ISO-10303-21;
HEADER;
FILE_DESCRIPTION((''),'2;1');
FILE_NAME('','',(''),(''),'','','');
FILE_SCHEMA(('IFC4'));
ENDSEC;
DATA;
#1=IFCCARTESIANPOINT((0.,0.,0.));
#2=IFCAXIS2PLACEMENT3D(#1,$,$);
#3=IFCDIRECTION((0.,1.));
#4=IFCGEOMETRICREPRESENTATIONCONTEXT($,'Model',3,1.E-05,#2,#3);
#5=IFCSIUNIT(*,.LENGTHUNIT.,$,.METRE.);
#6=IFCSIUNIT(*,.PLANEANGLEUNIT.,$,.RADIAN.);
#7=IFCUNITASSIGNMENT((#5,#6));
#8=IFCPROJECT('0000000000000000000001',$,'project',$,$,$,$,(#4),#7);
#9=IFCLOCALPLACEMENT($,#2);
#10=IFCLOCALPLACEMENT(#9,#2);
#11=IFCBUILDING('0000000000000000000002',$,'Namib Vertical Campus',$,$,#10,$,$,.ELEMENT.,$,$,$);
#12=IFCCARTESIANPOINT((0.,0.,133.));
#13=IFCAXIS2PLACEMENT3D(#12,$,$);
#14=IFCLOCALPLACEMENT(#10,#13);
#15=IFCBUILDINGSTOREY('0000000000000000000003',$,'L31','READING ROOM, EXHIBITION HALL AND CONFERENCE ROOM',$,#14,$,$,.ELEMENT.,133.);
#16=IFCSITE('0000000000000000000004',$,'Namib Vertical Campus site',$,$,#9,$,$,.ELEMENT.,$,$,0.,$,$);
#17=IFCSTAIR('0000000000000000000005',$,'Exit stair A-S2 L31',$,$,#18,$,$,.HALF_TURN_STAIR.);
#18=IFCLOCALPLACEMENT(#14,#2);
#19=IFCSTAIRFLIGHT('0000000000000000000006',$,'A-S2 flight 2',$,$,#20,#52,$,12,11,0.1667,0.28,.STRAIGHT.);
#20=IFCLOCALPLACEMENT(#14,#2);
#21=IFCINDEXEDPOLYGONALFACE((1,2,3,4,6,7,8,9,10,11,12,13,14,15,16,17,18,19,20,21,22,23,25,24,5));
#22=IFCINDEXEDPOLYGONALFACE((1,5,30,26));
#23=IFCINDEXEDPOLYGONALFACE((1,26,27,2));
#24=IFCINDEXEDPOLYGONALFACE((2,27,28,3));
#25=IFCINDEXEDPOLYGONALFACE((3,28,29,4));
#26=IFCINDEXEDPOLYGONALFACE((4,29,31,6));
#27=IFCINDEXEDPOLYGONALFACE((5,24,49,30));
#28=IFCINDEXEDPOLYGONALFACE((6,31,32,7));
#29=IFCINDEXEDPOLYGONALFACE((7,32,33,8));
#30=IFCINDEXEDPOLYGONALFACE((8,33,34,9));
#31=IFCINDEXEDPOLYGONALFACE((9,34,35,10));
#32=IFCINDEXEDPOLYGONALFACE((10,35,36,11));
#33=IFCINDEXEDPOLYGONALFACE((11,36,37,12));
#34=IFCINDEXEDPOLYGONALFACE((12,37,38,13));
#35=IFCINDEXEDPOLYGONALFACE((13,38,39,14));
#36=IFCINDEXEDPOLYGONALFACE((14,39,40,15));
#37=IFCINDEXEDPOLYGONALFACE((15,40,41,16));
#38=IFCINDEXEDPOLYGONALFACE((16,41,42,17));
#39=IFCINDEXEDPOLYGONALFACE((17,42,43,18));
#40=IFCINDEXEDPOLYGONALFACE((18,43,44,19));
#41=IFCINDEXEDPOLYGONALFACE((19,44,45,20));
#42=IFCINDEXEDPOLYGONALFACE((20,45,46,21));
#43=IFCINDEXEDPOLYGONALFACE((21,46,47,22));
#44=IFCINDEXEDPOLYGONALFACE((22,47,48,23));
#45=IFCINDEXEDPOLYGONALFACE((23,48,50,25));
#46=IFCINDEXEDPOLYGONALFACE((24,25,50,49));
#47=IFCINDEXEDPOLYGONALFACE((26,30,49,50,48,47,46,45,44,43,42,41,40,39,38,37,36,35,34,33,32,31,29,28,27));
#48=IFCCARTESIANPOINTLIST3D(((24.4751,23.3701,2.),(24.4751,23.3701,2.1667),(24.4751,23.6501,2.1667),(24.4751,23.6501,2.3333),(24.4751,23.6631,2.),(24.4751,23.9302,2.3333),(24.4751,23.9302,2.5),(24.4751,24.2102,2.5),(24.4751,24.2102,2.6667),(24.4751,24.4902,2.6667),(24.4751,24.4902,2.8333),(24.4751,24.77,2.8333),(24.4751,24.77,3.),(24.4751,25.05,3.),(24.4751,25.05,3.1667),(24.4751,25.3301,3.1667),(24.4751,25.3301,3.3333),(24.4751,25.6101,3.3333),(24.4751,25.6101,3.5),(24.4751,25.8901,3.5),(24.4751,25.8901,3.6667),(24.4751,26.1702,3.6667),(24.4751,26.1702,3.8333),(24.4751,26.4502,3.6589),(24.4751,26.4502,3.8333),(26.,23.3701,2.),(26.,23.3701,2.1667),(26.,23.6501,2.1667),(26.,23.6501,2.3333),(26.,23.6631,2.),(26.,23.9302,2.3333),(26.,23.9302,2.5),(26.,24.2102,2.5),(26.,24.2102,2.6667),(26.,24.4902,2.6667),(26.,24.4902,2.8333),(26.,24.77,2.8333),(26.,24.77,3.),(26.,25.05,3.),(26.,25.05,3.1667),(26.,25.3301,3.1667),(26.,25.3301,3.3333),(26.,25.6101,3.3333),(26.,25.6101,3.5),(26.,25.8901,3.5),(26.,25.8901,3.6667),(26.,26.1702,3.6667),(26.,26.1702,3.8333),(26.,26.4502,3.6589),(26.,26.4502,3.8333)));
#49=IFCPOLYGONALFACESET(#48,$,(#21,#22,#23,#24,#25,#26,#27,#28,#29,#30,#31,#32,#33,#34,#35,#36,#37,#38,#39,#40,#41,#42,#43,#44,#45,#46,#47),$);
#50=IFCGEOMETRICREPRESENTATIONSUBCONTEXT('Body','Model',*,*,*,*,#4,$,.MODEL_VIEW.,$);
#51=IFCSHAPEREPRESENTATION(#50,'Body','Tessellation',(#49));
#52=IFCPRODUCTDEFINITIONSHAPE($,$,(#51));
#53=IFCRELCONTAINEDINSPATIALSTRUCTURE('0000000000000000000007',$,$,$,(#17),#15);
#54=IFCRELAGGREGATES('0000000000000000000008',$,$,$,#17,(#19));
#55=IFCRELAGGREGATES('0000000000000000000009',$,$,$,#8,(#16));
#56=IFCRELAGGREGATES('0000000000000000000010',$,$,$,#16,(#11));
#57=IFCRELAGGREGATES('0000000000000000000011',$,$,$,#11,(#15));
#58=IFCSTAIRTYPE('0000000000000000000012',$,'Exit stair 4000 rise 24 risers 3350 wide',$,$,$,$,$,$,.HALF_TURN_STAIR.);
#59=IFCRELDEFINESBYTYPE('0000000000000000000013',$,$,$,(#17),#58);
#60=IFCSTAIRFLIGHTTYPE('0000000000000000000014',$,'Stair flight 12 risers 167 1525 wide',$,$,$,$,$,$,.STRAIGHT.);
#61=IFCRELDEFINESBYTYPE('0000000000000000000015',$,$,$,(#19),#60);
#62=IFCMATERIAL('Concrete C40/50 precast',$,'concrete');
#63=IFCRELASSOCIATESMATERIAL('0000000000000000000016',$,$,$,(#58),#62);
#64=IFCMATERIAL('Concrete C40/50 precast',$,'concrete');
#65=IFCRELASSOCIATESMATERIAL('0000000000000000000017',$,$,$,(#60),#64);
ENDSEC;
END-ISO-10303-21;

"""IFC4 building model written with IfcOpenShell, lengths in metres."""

from ifc_helpers import new_model, si_unit, direction, frame, origin, place, context, subcontext, project, spatial, polyline, outline, extrude, material, type_object, element, aggregate, save


model = new_model("IFC4")

# Units and contexts
model_context = context("Model", 3, precision=1e-05, world=origin(), true_north=direction((0.0, 1.0)))
body_context = subcontext(model_context, "Body", "Model", "MODEL_VIEW")
ifc_project = project(units=[si_unit("LENGTHUNIT", "METRE"), si_unit("PLANEANGLEUNIT", "RADIAN")], contexts=[model_context])

# Site, building, storey
site_placement = place(None, origin())
site = spatial("IfcSite", under=ifc_project, at=site_placement, Name="Namib Vertical Campus site", CompositionType="ELEMENT", RefElevation=0.0)
building_placement = place(site_placement, origin())
building = spatial("IfcBuilding", under=site, at=building_placement, Name="Namib Vertical Campus", CompositionType="ELEMENT")
storey_placement = place(building_placement, frame((0.0, 0.0, 133.0)))
storey = spatial("IfcBuildingStorey", under=building, at=storey_placement, Name="L31", Description="READING ROOM, EXHIBITION HALL AND CONFERENCE ROOM", CompositionType="ELEMENT", Elevation=133.0)

# Stair, stair flight
ifc_material_1 = material(Name="Concrete C40/50 precast", Category="concrete")
stair_type = type_object("IfcStairType", Name="Exit stair 4000 rise 24 risers 3350 wide", PredefinedType="HALF_TURN_STAIR", material=ifc_material_1)
stair_placement = place(storey_placement, origin())
stair = element("IfcStair", 1, at=stair_placement, inside=storey, type_object=stair_type, Name="Exit stair A-S2 L31", PredefinedType="HALF_TURN_STAIR")
ifc_material_2 = material(Name="Concrete C40/50 precast", Category="concrete")
stair_flight_type = type_object("IfcStairFlightType", Name="Stair flight 12 risers 167 1525 wide", PredefinedType="STRAIGHT", material=ifc_material_2)
stair_flight_1_placement = place(storey_placement, frame((25.2375, 23.3701, 2.0), z_axis=(0.0, 0.0, 1.0), x_axis=(0.0, 1.0, 0.0)))
stair_flight_1 = element("IfcStairFlight", 2, at=stair_flight_1_placement, type_object=stair_flight_type, Name="A-S2 flight 2", NumberOfRisers=12, NumberOfTreads=11, PredefinedType="STRAIGHT", RiserHeight=0.1667, TreadLength=0.28, context=body_context, shape_type="SweptSolid", body=[
    extrude(outline(polyline([(0.0, 0.0), (0.0, 0.1667), (0.28, 0.1667), (0.28, 0.3333), (0.5601, 0.3333), (0.5601, 0.5), (0.8401, 0.5), (0.8401, 0.6667), (1.1201, 0.6667), (1.1201, 0.8333), (1.3999, 0.8333), (1.3999, 1.0), (1.6799, 1.0), (1.6799, 1.1667), (1.96, 1.1667), (1.96, 1.3333), (2.24, 1.3333), (2.24, 1.5), (2.52, 1.5), (2.52, 1.6667), (2.8, 1.6667), (2.8, 1.8333), (3.0801, 1.8333), (3.0801, 2.0), (3.0801, 1.6589), (0.293, 0.0), (0.0, 0.0)])), frame((0.0, 0.7625, 0.0), z_axis=(0.0, -1.0, 0.0), x_axis=(1.0, 0.0, 0.0)), (0.0, 0.0, 1.0), 1.5249),
])
aggregate(stair, [stair_flight_1])

save(model, "model.ifc")
